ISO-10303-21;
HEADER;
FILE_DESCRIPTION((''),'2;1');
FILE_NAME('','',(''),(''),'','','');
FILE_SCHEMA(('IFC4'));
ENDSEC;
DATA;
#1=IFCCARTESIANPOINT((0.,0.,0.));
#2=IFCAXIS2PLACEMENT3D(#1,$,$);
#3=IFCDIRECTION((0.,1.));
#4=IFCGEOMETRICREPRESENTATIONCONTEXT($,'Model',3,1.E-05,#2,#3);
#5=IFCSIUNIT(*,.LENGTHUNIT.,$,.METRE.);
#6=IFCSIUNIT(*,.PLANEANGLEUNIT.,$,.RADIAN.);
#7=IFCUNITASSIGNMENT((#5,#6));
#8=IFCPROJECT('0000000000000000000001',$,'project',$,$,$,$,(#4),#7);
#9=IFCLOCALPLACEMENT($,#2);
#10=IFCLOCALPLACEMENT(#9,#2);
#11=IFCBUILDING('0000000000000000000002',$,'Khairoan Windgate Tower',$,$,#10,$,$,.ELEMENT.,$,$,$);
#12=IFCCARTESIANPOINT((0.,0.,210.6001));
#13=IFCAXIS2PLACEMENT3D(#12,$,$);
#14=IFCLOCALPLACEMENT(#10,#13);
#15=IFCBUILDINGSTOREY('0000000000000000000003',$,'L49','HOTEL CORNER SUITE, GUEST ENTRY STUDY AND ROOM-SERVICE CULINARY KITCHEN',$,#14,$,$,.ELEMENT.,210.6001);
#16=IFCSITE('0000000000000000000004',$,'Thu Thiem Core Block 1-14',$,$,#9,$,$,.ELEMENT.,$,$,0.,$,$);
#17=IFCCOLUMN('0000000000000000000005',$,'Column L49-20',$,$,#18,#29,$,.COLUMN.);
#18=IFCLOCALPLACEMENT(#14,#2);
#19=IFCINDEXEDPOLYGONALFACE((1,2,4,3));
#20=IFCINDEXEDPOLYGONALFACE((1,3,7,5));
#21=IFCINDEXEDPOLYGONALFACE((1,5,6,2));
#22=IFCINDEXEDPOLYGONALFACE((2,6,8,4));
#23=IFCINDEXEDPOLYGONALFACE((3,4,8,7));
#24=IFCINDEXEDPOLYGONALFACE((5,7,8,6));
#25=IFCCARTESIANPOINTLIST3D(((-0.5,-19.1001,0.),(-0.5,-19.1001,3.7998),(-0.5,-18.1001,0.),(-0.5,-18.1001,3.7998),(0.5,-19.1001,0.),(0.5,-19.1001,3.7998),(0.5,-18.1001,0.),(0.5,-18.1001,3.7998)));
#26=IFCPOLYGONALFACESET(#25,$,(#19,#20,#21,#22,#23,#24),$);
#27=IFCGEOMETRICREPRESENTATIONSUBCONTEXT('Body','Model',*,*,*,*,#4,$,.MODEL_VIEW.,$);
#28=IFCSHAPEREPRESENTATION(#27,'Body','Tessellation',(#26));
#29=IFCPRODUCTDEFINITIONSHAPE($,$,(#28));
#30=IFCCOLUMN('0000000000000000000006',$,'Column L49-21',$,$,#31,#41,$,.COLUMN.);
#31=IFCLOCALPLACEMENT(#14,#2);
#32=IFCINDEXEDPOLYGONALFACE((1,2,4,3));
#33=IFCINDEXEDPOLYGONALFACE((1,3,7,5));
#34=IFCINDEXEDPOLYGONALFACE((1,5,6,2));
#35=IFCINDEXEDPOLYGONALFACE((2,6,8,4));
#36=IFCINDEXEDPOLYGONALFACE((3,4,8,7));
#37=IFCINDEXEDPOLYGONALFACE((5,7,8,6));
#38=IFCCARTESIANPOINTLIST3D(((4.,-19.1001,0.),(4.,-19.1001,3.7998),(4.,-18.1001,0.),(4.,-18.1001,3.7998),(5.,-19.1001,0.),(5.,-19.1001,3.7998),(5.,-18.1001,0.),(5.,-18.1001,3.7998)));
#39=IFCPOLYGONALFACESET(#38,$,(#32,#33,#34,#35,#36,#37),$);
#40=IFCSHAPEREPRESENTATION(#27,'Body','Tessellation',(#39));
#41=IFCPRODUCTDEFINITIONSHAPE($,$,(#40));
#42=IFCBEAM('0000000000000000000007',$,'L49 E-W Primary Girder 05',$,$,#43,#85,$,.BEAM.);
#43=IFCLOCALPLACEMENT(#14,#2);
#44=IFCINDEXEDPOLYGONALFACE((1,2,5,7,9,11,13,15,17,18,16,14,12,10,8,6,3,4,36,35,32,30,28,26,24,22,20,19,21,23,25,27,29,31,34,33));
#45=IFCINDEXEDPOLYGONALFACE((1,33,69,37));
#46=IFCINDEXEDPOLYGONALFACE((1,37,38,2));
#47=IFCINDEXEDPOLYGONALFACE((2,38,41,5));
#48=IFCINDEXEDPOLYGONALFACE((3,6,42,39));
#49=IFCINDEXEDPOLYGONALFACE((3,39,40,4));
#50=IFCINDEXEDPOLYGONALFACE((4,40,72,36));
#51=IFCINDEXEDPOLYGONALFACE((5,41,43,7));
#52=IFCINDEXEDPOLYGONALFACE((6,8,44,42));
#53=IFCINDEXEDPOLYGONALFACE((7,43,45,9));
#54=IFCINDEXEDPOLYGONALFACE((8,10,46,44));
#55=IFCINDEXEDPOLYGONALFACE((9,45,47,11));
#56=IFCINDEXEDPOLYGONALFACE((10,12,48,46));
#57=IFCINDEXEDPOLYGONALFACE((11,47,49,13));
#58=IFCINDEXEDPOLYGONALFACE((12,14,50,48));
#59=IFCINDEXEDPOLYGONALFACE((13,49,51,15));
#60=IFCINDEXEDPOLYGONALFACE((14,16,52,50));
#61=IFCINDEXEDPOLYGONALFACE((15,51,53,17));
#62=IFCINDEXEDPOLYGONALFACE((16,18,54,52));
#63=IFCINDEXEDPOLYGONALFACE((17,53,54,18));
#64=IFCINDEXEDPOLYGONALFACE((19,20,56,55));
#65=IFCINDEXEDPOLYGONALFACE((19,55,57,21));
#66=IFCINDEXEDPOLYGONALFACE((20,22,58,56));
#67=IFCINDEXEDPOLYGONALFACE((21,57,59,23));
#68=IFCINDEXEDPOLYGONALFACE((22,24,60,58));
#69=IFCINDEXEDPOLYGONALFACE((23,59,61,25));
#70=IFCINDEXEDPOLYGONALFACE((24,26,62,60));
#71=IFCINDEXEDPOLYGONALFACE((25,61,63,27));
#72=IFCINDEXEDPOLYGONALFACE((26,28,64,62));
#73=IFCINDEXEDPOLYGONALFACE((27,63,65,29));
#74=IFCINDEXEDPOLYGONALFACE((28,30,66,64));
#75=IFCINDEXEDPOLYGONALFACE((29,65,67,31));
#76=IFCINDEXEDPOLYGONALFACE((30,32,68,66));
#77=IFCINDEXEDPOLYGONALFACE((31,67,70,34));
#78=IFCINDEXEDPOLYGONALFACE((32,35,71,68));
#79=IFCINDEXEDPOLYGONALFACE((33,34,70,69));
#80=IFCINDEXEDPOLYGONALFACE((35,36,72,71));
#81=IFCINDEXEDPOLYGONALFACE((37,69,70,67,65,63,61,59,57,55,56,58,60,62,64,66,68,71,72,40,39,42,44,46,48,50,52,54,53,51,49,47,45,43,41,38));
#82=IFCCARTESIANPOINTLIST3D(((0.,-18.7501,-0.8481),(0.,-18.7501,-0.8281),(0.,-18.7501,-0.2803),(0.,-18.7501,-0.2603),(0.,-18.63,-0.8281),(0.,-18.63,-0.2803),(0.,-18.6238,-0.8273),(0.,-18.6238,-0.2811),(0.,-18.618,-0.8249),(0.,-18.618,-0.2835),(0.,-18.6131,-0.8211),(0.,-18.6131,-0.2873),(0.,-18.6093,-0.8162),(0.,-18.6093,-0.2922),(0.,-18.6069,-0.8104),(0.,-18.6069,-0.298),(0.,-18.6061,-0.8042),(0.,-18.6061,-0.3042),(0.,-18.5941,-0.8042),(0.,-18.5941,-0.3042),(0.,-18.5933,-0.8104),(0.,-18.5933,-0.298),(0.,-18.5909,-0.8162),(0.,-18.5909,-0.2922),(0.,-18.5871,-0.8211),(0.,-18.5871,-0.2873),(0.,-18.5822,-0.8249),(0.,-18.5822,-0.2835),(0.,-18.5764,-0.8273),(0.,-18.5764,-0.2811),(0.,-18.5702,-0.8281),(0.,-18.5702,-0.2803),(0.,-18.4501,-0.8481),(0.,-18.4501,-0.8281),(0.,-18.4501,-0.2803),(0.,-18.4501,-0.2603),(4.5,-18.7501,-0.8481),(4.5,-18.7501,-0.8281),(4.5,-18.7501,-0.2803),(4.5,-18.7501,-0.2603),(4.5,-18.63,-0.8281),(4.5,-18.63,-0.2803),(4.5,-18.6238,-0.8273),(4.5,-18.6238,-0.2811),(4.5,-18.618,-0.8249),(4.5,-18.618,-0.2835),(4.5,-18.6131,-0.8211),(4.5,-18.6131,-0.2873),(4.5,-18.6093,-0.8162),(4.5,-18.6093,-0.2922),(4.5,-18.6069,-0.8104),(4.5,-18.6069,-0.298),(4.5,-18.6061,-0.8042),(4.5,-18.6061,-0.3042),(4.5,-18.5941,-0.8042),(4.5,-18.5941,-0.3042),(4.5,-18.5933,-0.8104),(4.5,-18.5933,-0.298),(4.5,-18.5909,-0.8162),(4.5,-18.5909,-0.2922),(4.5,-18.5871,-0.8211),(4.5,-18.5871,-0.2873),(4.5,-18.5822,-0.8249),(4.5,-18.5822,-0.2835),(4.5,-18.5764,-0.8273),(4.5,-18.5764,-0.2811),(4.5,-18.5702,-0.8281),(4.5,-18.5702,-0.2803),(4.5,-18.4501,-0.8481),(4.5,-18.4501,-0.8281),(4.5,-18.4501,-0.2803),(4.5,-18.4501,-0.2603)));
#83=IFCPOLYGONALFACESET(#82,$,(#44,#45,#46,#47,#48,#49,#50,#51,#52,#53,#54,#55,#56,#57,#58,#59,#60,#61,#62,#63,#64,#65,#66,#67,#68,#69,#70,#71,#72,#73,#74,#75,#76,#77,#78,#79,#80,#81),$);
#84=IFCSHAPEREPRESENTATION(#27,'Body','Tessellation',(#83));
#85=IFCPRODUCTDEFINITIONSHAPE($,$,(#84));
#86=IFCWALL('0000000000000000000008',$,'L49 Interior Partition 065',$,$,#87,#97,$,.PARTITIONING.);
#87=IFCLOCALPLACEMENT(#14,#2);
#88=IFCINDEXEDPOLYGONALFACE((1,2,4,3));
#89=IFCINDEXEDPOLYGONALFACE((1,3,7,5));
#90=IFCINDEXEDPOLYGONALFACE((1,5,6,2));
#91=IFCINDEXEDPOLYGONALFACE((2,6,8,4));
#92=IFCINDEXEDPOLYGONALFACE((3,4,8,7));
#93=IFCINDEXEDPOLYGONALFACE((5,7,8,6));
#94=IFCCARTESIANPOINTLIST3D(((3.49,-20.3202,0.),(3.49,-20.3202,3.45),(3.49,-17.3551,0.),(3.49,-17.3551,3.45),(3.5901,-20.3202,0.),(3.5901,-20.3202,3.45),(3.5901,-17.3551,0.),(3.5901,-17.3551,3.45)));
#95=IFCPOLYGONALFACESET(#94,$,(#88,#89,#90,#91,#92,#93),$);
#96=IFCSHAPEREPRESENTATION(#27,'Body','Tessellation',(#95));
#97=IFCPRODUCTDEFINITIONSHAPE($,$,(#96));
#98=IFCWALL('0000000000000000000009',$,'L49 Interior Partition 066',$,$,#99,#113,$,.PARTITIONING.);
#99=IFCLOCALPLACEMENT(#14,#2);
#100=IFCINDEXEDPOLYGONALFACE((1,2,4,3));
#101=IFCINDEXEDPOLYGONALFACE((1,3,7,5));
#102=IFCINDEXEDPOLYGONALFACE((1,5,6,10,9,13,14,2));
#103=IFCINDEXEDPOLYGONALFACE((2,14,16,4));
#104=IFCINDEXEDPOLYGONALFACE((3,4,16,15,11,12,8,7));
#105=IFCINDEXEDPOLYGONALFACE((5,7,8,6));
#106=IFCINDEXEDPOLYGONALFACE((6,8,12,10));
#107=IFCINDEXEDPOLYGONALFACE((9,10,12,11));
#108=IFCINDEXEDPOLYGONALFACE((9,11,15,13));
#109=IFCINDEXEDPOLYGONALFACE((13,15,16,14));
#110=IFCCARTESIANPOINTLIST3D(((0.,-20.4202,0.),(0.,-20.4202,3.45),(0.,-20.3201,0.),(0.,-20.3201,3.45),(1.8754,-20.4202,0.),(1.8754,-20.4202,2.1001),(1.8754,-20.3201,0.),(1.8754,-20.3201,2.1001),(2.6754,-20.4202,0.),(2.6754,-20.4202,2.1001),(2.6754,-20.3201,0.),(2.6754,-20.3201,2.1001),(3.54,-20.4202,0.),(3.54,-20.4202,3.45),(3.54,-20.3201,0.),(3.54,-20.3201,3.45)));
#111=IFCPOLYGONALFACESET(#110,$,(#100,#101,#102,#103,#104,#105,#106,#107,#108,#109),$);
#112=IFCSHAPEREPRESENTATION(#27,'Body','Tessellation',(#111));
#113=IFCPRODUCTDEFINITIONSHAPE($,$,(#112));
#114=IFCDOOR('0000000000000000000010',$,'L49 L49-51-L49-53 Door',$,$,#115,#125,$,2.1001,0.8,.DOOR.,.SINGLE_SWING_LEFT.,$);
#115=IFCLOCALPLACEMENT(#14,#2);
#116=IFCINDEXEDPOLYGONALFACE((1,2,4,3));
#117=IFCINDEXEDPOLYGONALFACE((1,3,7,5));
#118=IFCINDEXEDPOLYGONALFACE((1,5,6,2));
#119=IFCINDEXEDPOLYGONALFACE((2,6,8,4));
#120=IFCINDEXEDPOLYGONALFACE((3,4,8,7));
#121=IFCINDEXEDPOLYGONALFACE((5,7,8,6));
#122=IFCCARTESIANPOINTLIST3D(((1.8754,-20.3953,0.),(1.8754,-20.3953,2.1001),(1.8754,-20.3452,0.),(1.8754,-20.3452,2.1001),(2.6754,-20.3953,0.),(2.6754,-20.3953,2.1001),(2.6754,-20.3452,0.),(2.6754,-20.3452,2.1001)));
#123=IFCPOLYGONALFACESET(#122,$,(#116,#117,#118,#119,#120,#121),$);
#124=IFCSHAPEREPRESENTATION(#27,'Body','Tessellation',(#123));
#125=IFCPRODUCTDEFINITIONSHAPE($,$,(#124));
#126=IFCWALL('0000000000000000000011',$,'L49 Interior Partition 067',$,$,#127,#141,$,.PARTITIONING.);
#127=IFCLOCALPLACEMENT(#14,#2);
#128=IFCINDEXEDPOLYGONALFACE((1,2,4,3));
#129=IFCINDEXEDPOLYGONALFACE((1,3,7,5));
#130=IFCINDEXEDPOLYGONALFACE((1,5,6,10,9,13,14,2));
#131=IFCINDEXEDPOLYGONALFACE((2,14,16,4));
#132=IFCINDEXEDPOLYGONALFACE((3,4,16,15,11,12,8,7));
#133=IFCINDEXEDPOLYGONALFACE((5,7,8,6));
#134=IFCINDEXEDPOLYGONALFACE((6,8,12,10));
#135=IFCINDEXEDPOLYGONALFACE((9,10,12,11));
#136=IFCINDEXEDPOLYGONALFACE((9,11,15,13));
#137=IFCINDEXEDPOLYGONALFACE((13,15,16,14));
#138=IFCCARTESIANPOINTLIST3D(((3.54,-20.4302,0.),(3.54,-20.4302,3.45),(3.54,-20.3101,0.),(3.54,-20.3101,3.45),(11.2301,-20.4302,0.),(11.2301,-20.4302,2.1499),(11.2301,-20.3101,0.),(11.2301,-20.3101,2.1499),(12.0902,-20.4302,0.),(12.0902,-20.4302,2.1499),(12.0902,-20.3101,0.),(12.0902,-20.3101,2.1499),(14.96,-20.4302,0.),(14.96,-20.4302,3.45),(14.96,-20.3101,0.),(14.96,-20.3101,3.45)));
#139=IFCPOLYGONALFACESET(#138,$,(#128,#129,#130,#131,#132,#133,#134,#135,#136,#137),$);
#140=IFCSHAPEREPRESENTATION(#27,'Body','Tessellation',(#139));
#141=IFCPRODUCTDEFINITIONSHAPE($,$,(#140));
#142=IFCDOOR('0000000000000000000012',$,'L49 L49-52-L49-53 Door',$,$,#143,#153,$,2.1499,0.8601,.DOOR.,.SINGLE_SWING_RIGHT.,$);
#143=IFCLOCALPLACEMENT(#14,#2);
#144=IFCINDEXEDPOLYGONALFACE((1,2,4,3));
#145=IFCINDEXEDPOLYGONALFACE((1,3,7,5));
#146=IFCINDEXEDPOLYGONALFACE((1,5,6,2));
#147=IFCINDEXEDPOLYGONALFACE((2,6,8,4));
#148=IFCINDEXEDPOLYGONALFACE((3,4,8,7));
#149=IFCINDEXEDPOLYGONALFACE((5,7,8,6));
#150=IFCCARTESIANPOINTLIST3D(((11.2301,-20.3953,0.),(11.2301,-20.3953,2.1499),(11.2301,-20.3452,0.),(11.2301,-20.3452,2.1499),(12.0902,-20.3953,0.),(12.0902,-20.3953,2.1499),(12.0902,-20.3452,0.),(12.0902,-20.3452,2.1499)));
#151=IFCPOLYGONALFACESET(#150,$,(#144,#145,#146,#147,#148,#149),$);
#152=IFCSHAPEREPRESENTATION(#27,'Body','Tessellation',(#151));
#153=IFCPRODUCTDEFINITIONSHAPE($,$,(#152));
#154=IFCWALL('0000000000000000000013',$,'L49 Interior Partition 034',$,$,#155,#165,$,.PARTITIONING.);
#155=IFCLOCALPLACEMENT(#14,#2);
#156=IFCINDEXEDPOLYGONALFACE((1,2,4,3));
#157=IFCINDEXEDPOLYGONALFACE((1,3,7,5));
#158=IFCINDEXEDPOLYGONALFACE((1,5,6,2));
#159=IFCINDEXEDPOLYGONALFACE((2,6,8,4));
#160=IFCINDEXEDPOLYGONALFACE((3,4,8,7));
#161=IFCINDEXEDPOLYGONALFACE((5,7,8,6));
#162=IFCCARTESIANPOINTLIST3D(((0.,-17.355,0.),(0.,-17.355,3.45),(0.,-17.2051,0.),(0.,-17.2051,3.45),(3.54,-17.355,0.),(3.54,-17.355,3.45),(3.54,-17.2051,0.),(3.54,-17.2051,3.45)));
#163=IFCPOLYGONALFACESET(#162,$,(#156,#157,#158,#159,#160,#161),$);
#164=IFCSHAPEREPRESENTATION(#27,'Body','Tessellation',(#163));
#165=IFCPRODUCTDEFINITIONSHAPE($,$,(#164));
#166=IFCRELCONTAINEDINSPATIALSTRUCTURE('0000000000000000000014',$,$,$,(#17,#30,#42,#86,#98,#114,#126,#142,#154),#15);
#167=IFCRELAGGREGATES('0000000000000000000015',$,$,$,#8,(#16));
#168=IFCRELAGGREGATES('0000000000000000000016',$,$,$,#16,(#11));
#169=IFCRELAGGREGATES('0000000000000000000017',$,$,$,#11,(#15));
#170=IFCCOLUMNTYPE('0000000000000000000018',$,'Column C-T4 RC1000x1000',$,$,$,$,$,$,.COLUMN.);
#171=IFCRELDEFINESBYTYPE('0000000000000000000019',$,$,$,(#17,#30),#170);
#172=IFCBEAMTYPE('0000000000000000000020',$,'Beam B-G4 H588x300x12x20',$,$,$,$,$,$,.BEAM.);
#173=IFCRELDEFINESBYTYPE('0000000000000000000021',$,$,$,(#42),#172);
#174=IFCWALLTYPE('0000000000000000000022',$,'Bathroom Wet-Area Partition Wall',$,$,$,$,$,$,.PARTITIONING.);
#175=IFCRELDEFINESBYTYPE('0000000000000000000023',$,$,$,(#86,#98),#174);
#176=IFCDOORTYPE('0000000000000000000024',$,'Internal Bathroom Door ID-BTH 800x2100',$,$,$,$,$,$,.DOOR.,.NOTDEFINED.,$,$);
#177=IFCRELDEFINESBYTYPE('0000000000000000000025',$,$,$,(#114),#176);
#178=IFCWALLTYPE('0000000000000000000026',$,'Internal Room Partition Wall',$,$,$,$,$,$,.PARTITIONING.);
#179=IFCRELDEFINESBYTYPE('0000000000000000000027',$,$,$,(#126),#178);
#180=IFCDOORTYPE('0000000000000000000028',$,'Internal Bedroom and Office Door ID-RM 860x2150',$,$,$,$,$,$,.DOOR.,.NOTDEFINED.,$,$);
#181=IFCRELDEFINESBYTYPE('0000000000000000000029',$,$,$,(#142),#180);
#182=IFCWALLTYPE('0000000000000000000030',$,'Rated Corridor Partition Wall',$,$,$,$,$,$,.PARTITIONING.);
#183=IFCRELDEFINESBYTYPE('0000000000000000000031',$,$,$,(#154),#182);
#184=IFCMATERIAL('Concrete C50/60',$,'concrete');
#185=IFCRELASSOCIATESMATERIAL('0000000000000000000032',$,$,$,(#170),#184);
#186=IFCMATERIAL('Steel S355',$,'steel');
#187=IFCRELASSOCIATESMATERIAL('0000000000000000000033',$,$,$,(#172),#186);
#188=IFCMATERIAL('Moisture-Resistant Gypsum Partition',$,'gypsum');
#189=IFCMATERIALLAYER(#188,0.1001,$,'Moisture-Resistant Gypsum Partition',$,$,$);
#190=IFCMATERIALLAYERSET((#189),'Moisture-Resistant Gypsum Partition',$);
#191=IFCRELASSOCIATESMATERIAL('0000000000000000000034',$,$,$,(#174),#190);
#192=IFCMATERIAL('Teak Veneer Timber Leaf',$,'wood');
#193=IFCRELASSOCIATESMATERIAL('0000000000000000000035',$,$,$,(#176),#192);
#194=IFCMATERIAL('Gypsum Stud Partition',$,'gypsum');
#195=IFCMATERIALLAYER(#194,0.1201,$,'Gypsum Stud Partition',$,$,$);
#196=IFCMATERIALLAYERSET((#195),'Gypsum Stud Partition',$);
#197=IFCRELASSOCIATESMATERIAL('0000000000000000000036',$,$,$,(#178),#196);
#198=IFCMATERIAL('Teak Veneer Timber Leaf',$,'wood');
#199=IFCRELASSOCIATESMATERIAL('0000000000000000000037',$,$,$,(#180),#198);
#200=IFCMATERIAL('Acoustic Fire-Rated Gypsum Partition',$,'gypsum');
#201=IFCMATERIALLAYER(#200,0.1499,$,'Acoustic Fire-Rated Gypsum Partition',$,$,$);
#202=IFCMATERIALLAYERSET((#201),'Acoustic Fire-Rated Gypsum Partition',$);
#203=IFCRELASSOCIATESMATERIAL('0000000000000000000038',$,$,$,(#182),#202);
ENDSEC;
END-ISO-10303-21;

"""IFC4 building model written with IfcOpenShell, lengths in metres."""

from ifc_helpers import new_model, si_unit, direction, frame, frame_2d, origin, origin_2d, place, context, subcontext, project, spatial, rectangle, i_section, extrude, material, layer, layer_set, material_profile, profile_set, type_object, element, fill, save


model = new_model("IFC4")

# Units and contexts
model_context = context("Model", 3, precision=1e-05, world=origin(), true_north=direction((0.0, 1.0)))
body_context = subcontext(model_context, "Body", "Model", "MODEL_VIEW")
ifc_project = project(units=[si_unit("LENGTHUNIT", "METRE"), si_unit("PLANEANGLEUNIT", "RADIAN")], contexts=[model_context])

# Site, building, storey
site_placement = place(None, origin())
site = spatial("IfcSite", under=ifc_project, at=site_placement, Name="Thu Thiem Core Block 1-14", CompositionType="ELEMENT", RefElevation=0.0)
building_placement = place(site_placement, origin())
building = spatial("IfcBuilding", under=site, at=building_placement, Name="Khairoan Windgate Tower", CompositionType="ELEMENT")
storey_placement = place(building_placement, frame((0.0, 0.0, 210.6001)))
storey = spatial("IfcBuildingStorey", under=building, at=storey_placement, Name="L49", Description="HOTEL CORNER SUITE, GUEST ENTRY STUDY AND ROOM-SERVICE CULINARY KITCHEN", CompositionType="ELEMENT", Elevation=210.6001)

# Columns
ifc_material_1 = material(Name="Concrete C50/60", Category="concrete")
ifc_material_profile_1 = material_profile(ifc_material_1, rectangle(XDim=1.0, YDim=1.0, at=origin_2d()))
ifc_profile_set_1 = profile_set([ifc_material_profile_1], Name="Concrete C50/60")
column_type = type_object("IfcColumnType", Name="Column C-T4 RC1000x1000", PredefinedType="COLUMN", material=ifc_profile_set_1)
for number, where, z_axis, x_axis, name in (
    (1, (0.0, -18.6001, 0.0), (0.0, 0.0, 1.0), (1.0, 0.0, 0.0), "Column L49-20"),
    (2, (4.5, -18.6001, 0.0), (0.0, 0.0, 1.0), (1.0, 0.0, 0.0), "Column L49-21"),
):
    element("IfcColumn", number, at=place(storey_placement, frame(where, z_axis=z_axis, x_axis=x_axis)), inside=storey, type_object=column_type, Name=name, PredefinedType="COLUMN", context=body_context, shape_type="SweptSolid", body=[
        extrude(rectangle(XDim=1.0, YDim=1.0, at=origin_2d()), origin(), (0.0, 0.0, 1.0), 3.7998),
    ])

# Beam
ifc_material_2 = material(Name="Steel S355", Category="steel")
ifc_material_profile_2 = material_profile(ifc_material_2, i_section(OverallWidth=0.3, OverallDepth=0.5879, WebThickness=0.012, FlangeThickness=0.02, FilletRadius=0.0239, at=origin_2d()))
ifc_profile_set_2 = profile_set([ifc_material_profile_2], Name="Steel S355")
beam_type = type_object("IfcBeamType", Name="Beam B-G4 H588x300x12x20", PredefinedType="BEAM", material=ifc_profile_set_2)
beam_placement = place(storey_placement, frame((0.0, -18.6001, -0.5542), z_axis=(1.0, 0.0, 0.0), x_axis=(0.0, 1.0, 0.0)))
element("IfcBeam", 3, at=beam_placement, inside=storey, type_object=beam_type, Name="L49 E-W Primary Girder 05", PredefinedType="BEAM", context=body_context, shape_type="SweptSolid", body=[
    extrude(i_section(OverallWidth=0.3, OverallDepth=0.5879, WebThickness=0.012, FlangeThickness=0.02, FilletRadius=0.0239, at=origin_2d()), origin(), (0.0, 0.0, 1.0), 4.5),
])

# Wall
ifc_material_3 = material(Name="Moisture-Resistant Gypsum Partition", Category="gypsum")
ifc_layer_1 = layer(ifc_material_3, 0.1001, Name="Moisture-Resistant Gypsum Partition")
ifc_layer_set_1 = layer_set([ifc_layer_1], Name="Moisture-Resistant Gypsum Partition")
wall_type_1 = type_object("IfcWallType", Name="Bathroom Wet-Area Partition Wall", PredefinedType="PARTITIONING", material=ifc_layer_set_1)
wall_1_placement = place(storey_placement, frame((3.54, -20.3201, 0.0), z_axis=(0.0, 0.0, 1.0), x_axis=(0.0, 1.0, 0.0)))
element("IfcWall", 4, at=wall_1_placement, inside=storey, type_object=wall_type_1, Name="L49 Interior Partition 065", PredefinedType="PARTITIONING", context=body_context, shape_type="SweptSolid", body=[
    extrude(rectangle(XDim=2.9651, YDim=0.1001, at=frame_2d((1.4824, 0.0))), origin(), (0.0, 0.0, 1.0), 3.45),
])

# Walls, openings, doors
wall_2_placement = place(storey_placement, frame((0.0, -20.3701, 0.0), z_axis=(0.0, 0.0, 1.0), x_axis=(1.0, 0.0, 0.0)))
wall_2 = element("IfcWall", 5, at=wall_2_placement, inside=storey, type_object=wall_type_1, Name="L49 Interior Partition 066", PredefinedType="PARTITIONING", context=body_context, shape_type="SweptSolid", body=[
    extrude(rectangle(XDim=3.54, YDim=0.1001, at=frame_2d((1.77, 0.0))), origin(), (0.0, 0.0, 1.0), 3.45),
])
opening_1_placement = place(wall_2_placement, frame((1.8755, 0.0, 0.0)))
opening_1 = element("IfcOpeningElement", 6, at=opening_1_placement, cuts=wall_2, PredefinedType="OPENING", context=body_context, shape_type="SweptSolid", body=[
    extrude(rectangle(XDim=0.8, YDim=2.1001, at=frame_2d((0.3999, 1.05))), frame((0.0, 0.0601, 0.0), z_axis=(0.0, -1.0, 0.0), x_axis=(1.0, 0.0, 0.0)), (0.0, 0.0, 1.0), 0.1201),
])
ifc_material_4 = material(Name="Teak Veneer Timber Leaf", Category="wood")
door_type_1 = type_object("IfcDoorType", Name="Internal Bathroom Door ID-BTH 800x2100", OperationType="NOTDEFINED", PredefinedType="DOOR", material=ifc_material_4)
door_1_placement = place(opening_1_placement, origin())
door_1 = element("IfcDoor", 7, at=door_1_placement, inside=storey, type_object=door_type_1, Name="L49 L49-51-L49-53 Door", OperationType="SINGLE_SWING_LEFT", OverallHeight=2.1001, OverallWidth=0.8, PredefinedType="DOOR", context=body_context, shape_type="SweptSolid", body=[
    extrude(rectangle(XDim=0.8, YDim=2.1001, at=frame_2d((0.3999, 1.05))), frame((0.0, 0.0249, 0.0), z_axis=(0.0, -1.0, 0.0), x_axis=(1.0, 0.0, 0.0)), (0.0, 0.0, 1.0), 0.05),
])
fill(opening_1, door_1)
ifc_material_5 = material(Name="Gypsum Stud Partition", Category="gypsum")
ifc_layer_2 = layer(ifc_material_5, 0.1201, Name="Gypsum Stud Partition")
ifc_layer_set_2 = layer_set([ifc_layer_2], Name="Gypsum Stud Partition")
wall_type_2 = type_object("IfcWallType", Name="Internal Room Partition Wall", PredefinedType="PARTITIONING", material=ifc_layer_set_2)
wall_3_placement = place(storey_placement, frame((3.54, -20.3701, 0.0), z_axis=(0.0, 0.0, 1.0), x_axis=(1.0, 0.0, 0.0)))
wall_3 = element("IfcWall", 8, at=wall_3_placement, inside=storey, type_object=wall_type_2, Name="L49 Interior Partition 067", PredefinedType="PARTITIONING", context=body_context, shape_type="SweptSolid", body=[
    extrude(rectangle(XDim=11.4199, YDim=0.1201, at=frame_2d((5.71, 0.0))), origin(), (0.0, 0.0, 1.0), 3.45),
])
opening_2_placement = place(wall_3_placement, frame((7.6899, 0.0, 0.0)))
opening_2 = element("IfcOpeningElement", 9, at=opening_2_placement, cuts=wall_3, PredefinedType="OPENING", context=body_context, shape_type="SweptSolid", body=[
    extrude(rectangle(XDim=0.8601, YDim=2.1499, at=frame_2d((0.4302, 1.075))), frame((0.0, 0.0701, 0.0), z_axis=(0.0, -1.0, 0.0), x_axis=(1.0, 0.0, 0.0)), (0.0, 0.0, 1.0), 0.1401),
])
ifc_material_6 = material(Name="Teak Veneer Timber Leaf", Category="wood")
door_type_2 = type_object("IfcDoorType", Name="Internal Bedroom and Office Door ID-RM 860x2150", OperationType="NOTDEFINED", PredefinedType="DOOR", material=ifc_material_6)
door_2_placement = place(opening_2_placement, origin())
door_2 = element("IfcDoor", 10, at=door_2_placement, inside=storey, type_object=door_type_2, Name="L49 L49-52-L49-53 Door", OperationType="SINGLE_SWING_RIGHT", OverallHeight=2.1499, OverallWidth=0.8601, PredefinedType="DOOR", context=body_context, shape_type="SweptSolid", body=[
    extrude(rectangle(XDim=0.8601, YDim=2.1499, at=frame_2d((0.4302, 1.075))), frame((0.0, 0.0249, 0.0), z_axis=(0.0, -1.0, 0.0), x_axis=(1.0, 0.0, 0.0)), (0.0, 0.0, 1.0), 0.05),
])
fill(opening_2, door_2)
ifc_material_7 = material(Name="Acoustic Fire-Rated Gypsum Partition", Category="gypsum")
ifc_layer_3 = layer(ifc_material_7, 0.1499, Name="Acoustic Fire-Rated Gypsum Partition")
ifc_layer_set_3 = layer_set([ifc_layer_3], Name="Acoustic Fire-Rated Gypsum Partition")
wall_type_3 = type_object("IfcWallType", Name="Rated Corridor Partition Wall", PredefinedType="PARTITIONING", material=ifc_layer_set_3)

# Wall
wall_4_placement = place(storey_placement, frame((0.0, -17.28, 0.0), z_axis=(0.0, 0.0, 1.0), x_axis=(1.0, 0.0, 0.0)))
element("IfcWall", 11, at=wall_4_placement, inside=storey, type_object=wall_type_3, Name="L49 Interior Partition 034", PredefinedType="PARTITIONING", context=body_context, shape_type="SweptSolid", body=[
    extrude(rectangle(XDim=3.54, YDim=0.1499, at=frame_2d((1.77, 0.0))), origin(), (0.0, 0.0, 1.0), 3.45),
])

save(model, "model.ifc")
